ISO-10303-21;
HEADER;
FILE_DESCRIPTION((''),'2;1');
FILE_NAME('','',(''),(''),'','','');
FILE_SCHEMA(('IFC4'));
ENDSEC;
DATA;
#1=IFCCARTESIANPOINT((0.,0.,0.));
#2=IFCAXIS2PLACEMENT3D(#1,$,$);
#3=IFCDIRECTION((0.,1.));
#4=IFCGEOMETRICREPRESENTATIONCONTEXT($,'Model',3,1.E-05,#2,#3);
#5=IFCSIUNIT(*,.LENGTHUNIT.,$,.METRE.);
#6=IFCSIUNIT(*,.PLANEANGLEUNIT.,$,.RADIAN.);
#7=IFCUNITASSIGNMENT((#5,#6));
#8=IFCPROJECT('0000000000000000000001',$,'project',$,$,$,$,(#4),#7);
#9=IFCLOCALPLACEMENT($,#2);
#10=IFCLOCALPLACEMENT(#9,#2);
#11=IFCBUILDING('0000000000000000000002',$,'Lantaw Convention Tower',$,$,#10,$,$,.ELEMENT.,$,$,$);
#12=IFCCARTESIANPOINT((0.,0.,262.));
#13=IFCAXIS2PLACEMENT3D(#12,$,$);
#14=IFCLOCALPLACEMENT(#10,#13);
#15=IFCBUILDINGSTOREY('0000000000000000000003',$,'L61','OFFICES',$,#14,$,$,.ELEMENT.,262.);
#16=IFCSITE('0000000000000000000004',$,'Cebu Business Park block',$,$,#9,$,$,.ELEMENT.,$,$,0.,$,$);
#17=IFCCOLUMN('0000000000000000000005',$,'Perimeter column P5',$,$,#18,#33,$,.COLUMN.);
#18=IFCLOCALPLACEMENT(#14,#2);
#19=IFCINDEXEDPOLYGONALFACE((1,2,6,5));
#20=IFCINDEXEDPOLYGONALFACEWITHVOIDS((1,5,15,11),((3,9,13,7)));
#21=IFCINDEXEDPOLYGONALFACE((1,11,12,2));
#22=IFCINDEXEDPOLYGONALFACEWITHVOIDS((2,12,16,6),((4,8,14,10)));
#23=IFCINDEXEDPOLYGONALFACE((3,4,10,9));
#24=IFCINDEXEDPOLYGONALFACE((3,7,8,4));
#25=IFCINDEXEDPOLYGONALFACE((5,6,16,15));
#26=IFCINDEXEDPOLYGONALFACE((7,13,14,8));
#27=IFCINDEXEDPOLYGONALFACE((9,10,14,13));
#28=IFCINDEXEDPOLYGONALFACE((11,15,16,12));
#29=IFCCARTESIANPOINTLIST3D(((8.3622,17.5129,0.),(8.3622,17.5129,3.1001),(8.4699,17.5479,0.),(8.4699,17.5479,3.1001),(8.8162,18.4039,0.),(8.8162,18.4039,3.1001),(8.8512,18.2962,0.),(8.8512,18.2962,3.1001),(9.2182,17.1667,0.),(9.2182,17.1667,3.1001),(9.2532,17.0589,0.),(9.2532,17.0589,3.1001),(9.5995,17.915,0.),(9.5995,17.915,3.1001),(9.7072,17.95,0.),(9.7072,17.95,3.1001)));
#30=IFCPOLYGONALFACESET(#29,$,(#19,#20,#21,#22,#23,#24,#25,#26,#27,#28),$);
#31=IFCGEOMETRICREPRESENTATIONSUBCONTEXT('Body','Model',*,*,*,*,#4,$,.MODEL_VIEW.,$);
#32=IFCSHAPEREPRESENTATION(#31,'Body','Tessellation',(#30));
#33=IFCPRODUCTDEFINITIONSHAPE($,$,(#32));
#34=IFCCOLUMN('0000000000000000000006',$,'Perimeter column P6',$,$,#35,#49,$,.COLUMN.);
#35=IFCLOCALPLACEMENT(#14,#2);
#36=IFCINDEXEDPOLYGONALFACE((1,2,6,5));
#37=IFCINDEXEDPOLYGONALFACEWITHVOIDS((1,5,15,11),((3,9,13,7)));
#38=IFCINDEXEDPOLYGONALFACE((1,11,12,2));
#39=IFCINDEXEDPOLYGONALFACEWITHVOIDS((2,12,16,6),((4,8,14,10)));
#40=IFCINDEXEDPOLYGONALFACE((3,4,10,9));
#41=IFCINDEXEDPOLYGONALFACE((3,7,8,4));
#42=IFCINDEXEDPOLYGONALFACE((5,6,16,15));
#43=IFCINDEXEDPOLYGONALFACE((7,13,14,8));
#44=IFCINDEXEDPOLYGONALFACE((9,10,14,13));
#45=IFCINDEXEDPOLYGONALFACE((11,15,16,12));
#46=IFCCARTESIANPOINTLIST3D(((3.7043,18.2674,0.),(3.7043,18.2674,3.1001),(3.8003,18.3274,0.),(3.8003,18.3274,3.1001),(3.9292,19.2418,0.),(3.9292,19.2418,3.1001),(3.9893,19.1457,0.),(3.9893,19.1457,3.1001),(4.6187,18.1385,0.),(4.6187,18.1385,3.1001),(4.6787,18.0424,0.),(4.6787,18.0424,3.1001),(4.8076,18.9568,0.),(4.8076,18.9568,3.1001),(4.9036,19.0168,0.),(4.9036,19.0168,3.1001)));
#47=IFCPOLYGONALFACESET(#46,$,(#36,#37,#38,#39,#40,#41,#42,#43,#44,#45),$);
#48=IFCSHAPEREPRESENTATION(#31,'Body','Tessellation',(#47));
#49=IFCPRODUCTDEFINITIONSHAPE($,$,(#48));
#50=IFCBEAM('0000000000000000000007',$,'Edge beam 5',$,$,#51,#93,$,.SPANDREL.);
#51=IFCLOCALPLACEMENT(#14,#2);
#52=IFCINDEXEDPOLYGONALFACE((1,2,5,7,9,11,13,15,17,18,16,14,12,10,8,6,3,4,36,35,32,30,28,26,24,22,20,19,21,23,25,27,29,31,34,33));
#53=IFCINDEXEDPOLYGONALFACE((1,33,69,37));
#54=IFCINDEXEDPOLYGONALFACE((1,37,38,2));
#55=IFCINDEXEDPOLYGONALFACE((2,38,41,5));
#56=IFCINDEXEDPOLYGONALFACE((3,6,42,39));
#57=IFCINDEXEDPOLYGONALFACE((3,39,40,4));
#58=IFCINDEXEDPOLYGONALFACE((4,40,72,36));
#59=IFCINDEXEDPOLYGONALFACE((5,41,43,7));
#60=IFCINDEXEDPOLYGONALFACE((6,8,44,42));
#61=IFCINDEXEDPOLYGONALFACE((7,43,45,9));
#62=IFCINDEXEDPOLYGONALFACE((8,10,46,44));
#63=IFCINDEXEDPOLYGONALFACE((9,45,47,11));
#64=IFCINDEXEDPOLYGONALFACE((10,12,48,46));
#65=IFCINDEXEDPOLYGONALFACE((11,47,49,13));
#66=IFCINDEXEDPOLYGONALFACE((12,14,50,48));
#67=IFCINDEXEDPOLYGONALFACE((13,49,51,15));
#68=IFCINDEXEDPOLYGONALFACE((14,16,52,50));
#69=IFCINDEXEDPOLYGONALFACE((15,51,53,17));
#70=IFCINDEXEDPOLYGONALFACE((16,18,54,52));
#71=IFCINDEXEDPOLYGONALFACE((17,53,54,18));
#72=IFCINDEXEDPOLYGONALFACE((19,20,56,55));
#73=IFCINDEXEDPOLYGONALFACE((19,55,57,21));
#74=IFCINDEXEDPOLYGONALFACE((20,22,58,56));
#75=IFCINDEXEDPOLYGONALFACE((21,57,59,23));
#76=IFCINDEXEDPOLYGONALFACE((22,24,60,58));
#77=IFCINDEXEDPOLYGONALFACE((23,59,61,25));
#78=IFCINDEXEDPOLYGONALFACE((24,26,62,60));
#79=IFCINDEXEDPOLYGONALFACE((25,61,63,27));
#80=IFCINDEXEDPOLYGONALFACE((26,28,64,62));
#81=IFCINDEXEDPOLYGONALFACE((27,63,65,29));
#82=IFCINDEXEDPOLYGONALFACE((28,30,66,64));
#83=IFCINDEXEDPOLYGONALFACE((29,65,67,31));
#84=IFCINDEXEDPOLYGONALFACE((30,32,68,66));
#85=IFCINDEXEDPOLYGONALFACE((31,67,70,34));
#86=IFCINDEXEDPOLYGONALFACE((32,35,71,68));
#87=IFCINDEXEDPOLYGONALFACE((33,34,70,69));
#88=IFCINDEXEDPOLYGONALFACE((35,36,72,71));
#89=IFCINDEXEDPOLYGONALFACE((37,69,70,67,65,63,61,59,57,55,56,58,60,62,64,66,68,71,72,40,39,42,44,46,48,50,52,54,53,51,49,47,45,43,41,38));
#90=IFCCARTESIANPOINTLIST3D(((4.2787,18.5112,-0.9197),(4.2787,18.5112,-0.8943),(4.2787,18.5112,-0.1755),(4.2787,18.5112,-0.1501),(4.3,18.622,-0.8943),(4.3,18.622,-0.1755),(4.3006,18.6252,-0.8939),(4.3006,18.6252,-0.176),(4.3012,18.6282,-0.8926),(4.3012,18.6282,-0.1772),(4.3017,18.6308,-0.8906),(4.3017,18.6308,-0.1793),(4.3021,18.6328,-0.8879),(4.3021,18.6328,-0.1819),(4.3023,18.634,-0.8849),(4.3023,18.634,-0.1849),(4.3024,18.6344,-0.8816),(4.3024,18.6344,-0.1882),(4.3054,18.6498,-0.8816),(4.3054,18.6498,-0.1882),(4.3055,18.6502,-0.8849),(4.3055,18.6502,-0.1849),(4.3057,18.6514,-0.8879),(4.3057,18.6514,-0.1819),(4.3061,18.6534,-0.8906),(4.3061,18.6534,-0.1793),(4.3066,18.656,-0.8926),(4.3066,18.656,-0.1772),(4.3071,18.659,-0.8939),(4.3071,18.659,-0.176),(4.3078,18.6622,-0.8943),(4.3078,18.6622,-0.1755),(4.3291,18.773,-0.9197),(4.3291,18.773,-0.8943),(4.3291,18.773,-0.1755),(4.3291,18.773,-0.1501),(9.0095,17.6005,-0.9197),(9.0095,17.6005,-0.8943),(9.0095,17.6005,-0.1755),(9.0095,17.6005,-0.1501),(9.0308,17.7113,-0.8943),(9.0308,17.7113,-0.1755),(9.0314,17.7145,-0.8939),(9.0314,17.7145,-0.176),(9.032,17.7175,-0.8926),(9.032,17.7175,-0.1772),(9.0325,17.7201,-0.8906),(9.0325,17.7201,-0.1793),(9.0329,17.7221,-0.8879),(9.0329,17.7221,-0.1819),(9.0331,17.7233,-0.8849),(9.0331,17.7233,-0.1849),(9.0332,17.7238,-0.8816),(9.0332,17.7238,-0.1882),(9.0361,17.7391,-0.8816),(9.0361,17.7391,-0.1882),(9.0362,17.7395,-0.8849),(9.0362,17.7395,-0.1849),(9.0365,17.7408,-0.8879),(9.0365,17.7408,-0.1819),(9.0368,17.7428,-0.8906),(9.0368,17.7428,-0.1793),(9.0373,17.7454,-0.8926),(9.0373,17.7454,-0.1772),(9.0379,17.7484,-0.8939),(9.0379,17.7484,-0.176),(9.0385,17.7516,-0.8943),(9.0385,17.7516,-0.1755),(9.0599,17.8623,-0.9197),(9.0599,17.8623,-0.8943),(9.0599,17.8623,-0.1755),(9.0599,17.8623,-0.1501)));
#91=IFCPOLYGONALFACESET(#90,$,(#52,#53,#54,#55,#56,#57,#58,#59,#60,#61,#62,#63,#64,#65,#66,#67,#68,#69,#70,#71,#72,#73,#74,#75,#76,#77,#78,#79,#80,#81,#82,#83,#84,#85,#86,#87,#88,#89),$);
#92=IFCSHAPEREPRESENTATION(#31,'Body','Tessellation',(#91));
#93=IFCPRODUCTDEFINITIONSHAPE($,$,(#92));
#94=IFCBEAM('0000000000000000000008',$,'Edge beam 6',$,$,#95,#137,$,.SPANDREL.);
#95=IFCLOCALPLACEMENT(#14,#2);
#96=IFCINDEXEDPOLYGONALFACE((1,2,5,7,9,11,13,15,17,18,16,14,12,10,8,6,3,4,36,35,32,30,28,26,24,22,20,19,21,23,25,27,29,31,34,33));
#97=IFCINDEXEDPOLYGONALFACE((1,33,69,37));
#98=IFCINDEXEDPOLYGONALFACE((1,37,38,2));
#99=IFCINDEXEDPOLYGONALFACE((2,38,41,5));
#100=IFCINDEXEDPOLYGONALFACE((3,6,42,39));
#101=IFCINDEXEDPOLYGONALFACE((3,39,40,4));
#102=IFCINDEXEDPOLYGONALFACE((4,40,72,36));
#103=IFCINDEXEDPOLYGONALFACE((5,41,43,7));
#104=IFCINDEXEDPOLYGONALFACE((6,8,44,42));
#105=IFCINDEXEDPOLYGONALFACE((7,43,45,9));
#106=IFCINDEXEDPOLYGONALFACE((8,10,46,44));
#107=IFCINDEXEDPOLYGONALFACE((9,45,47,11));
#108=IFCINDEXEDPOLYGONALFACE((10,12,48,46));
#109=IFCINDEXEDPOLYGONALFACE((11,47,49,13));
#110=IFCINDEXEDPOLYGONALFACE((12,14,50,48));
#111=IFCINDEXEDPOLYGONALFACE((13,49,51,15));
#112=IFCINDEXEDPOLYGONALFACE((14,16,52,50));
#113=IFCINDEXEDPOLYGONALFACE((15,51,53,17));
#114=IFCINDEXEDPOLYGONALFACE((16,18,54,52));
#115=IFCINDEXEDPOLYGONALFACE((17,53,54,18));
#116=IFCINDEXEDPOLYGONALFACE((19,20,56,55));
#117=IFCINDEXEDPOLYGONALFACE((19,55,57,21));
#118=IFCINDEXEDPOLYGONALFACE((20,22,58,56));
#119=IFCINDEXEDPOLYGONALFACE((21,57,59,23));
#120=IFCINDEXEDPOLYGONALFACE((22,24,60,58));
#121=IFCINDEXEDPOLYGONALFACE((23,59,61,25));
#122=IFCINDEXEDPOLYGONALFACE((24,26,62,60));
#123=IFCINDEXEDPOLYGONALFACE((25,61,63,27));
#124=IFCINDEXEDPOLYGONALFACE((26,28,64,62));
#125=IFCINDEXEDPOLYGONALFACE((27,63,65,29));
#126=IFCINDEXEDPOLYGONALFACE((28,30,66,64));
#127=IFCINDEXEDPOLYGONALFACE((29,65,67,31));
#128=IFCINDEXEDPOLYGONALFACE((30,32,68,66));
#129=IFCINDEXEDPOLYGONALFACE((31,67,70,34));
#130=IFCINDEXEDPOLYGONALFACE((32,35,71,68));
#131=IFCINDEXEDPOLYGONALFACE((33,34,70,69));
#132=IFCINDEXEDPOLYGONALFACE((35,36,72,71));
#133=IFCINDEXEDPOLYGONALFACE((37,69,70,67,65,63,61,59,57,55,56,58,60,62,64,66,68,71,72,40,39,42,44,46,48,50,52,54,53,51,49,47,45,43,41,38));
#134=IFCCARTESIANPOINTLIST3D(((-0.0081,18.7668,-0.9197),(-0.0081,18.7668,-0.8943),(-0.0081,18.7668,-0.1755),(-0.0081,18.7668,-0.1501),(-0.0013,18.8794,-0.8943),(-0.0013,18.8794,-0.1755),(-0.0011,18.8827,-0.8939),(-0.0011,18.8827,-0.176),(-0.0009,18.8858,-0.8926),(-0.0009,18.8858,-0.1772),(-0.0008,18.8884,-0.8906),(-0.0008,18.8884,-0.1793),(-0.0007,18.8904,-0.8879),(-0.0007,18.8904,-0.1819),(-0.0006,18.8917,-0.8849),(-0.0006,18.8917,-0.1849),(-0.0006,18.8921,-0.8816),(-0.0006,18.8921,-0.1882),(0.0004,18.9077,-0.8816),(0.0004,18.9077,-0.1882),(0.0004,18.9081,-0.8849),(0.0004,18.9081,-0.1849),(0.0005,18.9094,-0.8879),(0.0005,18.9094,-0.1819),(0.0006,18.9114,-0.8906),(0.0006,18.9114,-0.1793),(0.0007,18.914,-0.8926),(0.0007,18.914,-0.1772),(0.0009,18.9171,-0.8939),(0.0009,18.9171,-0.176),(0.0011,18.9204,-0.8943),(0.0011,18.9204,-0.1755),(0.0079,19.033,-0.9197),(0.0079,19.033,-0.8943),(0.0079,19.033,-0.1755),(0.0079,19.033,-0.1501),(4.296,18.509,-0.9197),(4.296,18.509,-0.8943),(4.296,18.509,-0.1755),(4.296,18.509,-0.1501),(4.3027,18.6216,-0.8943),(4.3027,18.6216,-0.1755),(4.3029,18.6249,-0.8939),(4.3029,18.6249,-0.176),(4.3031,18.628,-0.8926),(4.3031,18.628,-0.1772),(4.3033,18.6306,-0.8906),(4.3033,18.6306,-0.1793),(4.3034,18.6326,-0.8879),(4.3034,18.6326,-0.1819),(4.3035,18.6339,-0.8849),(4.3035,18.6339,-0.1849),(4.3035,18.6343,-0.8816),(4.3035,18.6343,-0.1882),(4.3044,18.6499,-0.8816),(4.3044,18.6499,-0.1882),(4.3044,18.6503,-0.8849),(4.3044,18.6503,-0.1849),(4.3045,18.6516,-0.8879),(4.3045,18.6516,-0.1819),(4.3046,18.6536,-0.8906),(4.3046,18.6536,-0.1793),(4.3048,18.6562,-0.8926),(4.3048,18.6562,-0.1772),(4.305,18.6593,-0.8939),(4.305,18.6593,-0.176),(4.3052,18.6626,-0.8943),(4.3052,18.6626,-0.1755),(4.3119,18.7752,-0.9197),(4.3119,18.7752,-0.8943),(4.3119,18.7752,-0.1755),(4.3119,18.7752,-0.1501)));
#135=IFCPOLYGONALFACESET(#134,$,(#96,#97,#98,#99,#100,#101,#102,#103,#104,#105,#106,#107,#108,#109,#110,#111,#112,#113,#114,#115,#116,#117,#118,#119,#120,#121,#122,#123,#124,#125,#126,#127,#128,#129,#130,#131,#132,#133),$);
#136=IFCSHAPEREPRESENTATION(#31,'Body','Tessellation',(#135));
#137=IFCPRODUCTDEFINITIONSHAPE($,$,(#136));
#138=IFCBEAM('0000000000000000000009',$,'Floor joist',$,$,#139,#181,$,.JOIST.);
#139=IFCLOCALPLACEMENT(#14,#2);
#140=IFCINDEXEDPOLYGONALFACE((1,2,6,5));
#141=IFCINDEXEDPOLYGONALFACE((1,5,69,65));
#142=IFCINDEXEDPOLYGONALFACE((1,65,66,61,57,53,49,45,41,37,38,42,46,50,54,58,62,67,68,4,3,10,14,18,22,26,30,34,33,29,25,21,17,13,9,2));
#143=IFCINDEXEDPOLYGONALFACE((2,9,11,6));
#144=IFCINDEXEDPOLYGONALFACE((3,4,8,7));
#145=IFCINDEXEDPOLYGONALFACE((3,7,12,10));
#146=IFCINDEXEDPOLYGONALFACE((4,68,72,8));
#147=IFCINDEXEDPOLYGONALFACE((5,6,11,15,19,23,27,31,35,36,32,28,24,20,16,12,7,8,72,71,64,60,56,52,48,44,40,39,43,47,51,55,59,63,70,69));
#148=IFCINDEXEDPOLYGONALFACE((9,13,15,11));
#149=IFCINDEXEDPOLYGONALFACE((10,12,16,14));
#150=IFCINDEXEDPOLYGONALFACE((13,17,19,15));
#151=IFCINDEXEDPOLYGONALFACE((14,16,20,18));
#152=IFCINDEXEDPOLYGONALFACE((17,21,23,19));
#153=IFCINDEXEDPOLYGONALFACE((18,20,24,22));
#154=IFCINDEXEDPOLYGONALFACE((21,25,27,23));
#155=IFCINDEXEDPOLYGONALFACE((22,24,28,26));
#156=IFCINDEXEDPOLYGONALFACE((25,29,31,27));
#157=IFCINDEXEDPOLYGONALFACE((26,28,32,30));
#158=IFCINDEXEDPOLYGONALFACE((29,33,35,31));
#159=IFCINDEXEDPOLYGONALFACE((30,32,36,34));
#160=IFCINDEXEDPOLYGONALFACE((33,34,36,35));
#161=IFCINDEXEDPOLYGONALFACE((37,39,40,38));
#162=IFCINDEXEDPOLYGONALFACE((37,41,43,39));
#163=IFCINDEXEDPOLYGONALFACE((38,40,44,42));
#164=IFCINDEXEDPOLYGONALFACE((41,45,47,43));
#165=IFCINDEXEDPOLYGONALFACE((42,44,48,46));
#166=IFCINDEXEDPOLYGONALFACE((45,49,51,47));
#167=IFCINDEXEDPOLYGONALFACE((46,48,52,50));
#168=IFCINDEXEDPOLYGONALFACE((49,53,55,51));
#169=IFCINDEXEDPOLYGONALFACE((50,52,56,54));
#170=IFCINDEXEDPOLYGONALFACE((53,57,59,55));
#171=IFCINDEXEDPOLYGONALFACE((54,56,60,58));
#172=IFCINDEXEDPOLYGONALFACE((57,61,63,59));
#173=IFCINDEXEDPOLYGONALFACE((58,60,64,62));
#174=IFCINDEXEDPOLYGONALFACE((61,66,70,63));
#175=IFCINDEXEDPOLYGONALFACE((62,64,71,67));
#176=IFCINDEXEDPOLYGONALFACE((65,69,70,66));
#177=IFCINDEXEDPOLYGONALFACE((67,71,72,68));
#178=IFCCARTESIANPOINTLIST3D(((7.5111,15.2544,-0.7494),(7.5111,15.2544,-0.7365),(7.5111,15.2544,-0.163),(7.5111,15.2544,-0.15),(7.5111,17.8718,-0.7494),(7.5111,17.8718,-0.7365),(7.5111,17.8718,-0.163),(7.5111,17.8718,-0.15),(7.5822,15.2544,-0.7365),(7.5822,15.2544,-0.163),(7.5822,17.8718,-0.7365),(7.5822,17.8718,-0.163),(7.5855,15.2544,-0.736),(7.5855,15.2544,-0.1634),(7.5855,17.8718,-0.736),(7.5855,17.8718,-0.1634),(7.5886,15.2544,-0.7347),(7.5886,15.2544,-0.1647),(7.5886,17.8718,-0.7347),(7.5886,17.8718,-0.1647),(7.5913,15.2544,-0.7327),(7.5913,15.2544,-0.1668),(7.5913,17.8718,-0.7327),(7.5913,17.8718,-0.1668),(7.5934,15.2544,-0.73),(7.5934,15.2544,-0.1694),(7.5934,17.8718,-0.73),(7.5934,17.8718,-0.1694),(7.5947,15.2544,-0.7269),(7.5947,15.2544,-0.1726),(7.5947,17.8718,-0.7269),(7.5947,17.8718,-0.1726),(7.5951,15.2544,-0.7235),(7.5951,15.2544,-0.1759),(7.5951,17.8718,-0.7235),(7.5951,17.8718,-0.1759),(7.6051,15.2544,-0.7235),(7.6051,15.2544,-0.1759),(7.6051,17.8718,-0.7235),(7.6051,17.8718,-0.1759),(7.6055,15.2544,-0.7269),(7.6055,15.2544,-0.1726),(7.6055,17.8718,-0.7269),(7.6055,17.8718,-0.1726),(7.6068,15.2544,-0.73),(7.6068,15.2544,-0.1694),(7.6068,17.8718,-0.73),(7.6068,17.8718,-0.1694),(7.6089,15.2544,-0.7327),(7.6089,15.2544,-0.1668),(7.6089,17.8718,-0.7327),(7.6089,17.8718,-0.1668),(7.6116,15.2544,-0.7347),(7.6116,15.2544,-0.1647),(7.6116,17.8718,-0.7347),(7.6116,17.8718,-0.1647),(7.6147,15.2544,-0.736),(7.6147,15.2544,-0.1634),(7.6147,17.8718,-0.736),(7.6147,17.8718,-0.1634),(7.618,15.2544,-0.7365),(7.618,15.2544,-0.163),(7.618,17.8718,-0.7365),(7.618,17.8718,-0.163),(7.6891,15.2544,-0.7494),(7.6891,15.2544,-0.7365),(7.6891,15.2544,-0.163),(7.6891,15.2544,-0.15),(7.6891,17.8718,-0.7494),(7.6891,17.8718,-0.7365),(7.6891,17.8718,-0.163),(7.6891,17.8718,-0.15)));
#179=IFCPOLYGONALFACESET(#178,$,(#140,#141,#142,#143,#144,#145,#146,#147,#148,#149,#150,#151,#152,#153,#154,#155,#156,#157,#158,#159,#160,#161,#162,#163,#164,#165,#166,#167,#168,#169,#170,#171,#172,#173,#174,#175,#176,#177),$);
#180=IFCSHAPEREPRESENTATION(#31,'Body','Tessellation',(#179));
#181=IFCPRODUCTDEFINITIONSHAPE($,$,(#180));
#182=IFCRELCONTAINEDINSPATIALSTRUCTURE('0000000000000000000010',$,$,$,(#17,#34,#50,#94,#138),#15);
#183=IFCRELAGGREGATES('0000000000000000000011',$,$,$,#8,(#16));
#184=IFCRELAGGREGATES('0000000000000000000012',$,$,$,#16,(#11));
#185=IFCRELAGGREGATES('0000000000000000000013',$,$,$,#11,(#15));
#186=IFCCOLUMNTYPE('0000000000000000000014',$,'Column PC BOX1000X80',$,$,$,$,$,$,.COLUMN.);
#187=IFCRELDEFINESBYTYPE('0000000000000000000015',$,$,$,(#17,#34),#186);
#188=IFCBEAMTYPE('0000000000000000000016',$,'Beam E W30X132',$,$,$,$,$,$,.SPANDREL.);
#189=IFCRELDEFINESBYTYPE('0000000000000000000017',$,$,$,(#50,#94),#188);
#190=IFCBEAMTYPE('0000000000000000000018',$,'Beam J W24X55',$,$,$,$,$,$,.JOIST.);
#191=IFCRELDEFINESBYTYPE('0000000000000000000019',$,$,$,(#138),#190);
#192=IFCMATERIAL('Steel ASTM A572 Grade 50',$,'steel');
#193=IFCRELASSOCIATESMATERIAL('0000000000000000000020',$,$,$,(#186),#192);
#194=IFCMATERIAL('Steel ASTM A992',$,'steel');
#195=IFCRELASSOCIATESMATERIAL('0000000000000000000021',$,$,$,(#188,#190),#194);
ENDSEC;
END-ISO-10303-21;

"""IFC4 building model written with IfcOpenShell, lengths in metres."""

from ifc_helpers import new_model, si_unit, direction, frame, origin, origin_2d, place, context, subcontext, project, spatial, rectangle, hollow_rectangle, i_section, extrude, material, material_profile, profile_set, type_object, element, save


model = new_model("IFC4")

# Units and contexts
model_context = context("Model", 3, precision=1e-05, world=origin(), true_north=direction((0.0, 1.0)))
body_context = subcontext(model_context, "Body", "Model", "MODEL_VIEW")
ifc_project = project(units=[si_unit("LENGTHUNIT", "METRE"), si_unit("PLANEANGLEUNIT", "RADIAN")], contexts=[model_context])

# Site, building, storey
site_placement = place(None, origin())
site = spatial("IfcSite", under=ifc_project, at=site_placement, Name="Cebu Business Park block", CompositionType="ELEMENT", RefElevation=0.0)
building_placement = place(site_placement, origin())
building = spatial("IfcBuilding", under=site, at=building_placement, Name="Lantaw Convention Tower", CompositionType="ELEMENT")
storey_placement = place(building_placement, frame((0.0, 0.0, 262.0)))
storey = spatial("IfcBuildingStorey", under=building, at=storey_placement, Name="L61", Description="OFFICES", CompositionType="ELEMENT", Elevation=262.0)

# Columns
ifc_material_1 = material(Name="Steel ASTM A572 Grade 50", Category="steel")
ifc_material_profile_1 = material_profile(ifc_material_1, hollow_rectangle(XDim=1.0, YDim=1.0, WallThickness=0.0801, at=origin_2d()), Name="BOX1000X80")
ifc_material_2 = material(Name="Concrete C60/75", Category="concrete")
ifc_material_profile_2 = material_profile(ifc_material_2, rectangle(XDim=0.8401, YDim=0.8401, at=origin_2d()), Name="Concrete fill of BOX1000X80")
ifc_profile_set_1 = profile_set([ifc_material_profile_1, ifc_material_profile_2], Name="Steel ASTM A572 Grade 50")
column_type = type_object("IfcColumnType", Name="Column PC BOX1000X80", PredefinedType="COLUMN", material=ifc_profile_set_1)
for number, where, z_axis, x_axis, name in (
    (1, (9.0347, 17.7314, 0.0), (0.0, 0.0, 1.0), (0.45399, 0.891007, 0.0), "Perimeter column P5"),
    (2, (4.304, 18.6421, 0.0), (0.0, 0.0, 1.0), (0.224951, 0.97437, 0.0), "Perimeter column P6"),
):
    element("IfcColumn", number, at=place(storey_placement, frame(where, z_axis=z_axis, x_axis=x_axis)), inside=storey, type_object=column_type, Name=name, PredefinedType="COLUMN", context=body_context, shape_type="SweptSolid", body=[
        extrude(hollow_rectangle(XDim=1.0, YDim=1.0, WallThickness=0.0801, at=origin_2d()), origin(), (0.0, 0.0, 1.0), 3.1001),
    ])

# Beams
ifc_material_3 = material(Name="Steel ASTM A992", Category="steel")
ifc_material_profile_3 = material_profile(ifc_material_3, i_section(OverallWidth=0.2666, OverallDepth=0.7695, WebThickness=0.0156, FlangeThickness=0.0254, FilletRadius=0.0127, at=origin_2d()), Name="W30X132")
ifc_profile_set_2 = profile_set([ifc_material_profile_3], Name="Steel ASTM A992")
beam_type_1 = type_object("IfcBeamType", Name="Beam E W30X132", PredefinedType="SPANDREL", material=ifc_profile_set_2)
beam_1_placement = place(storey_placement, frame((9.0347, 17.7314, -0.5349), z_axis=(-0.981972, 0.189026, 0.0), x_axis=(-0.189026, -0.981972, 0.0)))
element("IfcBeam", 3, at=beam_1_placement, inside=storey, type_object=beam_type_1, Name="Edge beam 5", PredefinedType="SPANDREL", context=body_context, shape_type="SweptSolid", body=[
    extrude(i_section(OverallWidth=0.2666, OverallDepth=0.7695, WebThickness=0.0156, FlangeThickness=0.0254, FilletRadius=0.0127, at=origin_2d()), origin(), (0.0, 0.0, 1.0), 4.8176),
])
beam_2_placement = place(storey_placement, frame((4.304, 18.6421, -0.5349), z_axis=(-0.998211, 0.059794, 0.0), x_axis=(-0.059794, -0.998211, 0.0)))
element("IfcBeam", 4, at=beam_2_placement, inside=storey, type_object=beam_type_1, Name="Edge beam 6", PredefinedType="SPANDREL", context=body_context, shape_type="SweptSolid", body=[
    extrude(i_section(OverallWidth=0.2666, OverallDepth=0.7695, WebThickness=0.0156, FlangeThickness=0.0254, FilletRadius=0.0127, at=origin_2d()), origin(), (0.0, 0.0, 1.0), 4.3118),
])
ifc_material_profile_4 = material_profile(ifc_material_3, i_section(OverallWidth=0.178, OverallDepth=0.5994, WebThickness=0.01, FlangeThickness=0.0129, FilletRadius=0.0129, at=origin_2d()), Name="W24X55")
ifc_profile_set_3 = profile_set([ifc_material_profile_4], Name="Steel ASTM A992")
beam_type_2 = type_object("IfcBeamType", Name="Beam J W24X55", PredefinedType="JOIST", material=ifc_profile_set_3)
beam_3_placement = place(storey_placement, frame((7.6001, 15.2544, -0.4497), z_axis=(0.0, 1.0, 0.0), x_axis=(-1.0, 0.0, 0.0)))
element("IfcBeam", 5, at=beam_3_placement, inside=storey, type_object=beam_type_2, Name="Floor joist", PredefinedType="JOIST", context=body_context, shape_type="SweptSolid", body=[
    extrude(i_section(OverallWidth=0.178, OverallDepth=0.5994, WebThickness=0.01, FlangeThickness=0.0129, FilletRadius=0.0129, at=origin_2d()), origin(), (0.0, 0.0, 1.0), 2.6174),
])

save(model, "model.ifc")
